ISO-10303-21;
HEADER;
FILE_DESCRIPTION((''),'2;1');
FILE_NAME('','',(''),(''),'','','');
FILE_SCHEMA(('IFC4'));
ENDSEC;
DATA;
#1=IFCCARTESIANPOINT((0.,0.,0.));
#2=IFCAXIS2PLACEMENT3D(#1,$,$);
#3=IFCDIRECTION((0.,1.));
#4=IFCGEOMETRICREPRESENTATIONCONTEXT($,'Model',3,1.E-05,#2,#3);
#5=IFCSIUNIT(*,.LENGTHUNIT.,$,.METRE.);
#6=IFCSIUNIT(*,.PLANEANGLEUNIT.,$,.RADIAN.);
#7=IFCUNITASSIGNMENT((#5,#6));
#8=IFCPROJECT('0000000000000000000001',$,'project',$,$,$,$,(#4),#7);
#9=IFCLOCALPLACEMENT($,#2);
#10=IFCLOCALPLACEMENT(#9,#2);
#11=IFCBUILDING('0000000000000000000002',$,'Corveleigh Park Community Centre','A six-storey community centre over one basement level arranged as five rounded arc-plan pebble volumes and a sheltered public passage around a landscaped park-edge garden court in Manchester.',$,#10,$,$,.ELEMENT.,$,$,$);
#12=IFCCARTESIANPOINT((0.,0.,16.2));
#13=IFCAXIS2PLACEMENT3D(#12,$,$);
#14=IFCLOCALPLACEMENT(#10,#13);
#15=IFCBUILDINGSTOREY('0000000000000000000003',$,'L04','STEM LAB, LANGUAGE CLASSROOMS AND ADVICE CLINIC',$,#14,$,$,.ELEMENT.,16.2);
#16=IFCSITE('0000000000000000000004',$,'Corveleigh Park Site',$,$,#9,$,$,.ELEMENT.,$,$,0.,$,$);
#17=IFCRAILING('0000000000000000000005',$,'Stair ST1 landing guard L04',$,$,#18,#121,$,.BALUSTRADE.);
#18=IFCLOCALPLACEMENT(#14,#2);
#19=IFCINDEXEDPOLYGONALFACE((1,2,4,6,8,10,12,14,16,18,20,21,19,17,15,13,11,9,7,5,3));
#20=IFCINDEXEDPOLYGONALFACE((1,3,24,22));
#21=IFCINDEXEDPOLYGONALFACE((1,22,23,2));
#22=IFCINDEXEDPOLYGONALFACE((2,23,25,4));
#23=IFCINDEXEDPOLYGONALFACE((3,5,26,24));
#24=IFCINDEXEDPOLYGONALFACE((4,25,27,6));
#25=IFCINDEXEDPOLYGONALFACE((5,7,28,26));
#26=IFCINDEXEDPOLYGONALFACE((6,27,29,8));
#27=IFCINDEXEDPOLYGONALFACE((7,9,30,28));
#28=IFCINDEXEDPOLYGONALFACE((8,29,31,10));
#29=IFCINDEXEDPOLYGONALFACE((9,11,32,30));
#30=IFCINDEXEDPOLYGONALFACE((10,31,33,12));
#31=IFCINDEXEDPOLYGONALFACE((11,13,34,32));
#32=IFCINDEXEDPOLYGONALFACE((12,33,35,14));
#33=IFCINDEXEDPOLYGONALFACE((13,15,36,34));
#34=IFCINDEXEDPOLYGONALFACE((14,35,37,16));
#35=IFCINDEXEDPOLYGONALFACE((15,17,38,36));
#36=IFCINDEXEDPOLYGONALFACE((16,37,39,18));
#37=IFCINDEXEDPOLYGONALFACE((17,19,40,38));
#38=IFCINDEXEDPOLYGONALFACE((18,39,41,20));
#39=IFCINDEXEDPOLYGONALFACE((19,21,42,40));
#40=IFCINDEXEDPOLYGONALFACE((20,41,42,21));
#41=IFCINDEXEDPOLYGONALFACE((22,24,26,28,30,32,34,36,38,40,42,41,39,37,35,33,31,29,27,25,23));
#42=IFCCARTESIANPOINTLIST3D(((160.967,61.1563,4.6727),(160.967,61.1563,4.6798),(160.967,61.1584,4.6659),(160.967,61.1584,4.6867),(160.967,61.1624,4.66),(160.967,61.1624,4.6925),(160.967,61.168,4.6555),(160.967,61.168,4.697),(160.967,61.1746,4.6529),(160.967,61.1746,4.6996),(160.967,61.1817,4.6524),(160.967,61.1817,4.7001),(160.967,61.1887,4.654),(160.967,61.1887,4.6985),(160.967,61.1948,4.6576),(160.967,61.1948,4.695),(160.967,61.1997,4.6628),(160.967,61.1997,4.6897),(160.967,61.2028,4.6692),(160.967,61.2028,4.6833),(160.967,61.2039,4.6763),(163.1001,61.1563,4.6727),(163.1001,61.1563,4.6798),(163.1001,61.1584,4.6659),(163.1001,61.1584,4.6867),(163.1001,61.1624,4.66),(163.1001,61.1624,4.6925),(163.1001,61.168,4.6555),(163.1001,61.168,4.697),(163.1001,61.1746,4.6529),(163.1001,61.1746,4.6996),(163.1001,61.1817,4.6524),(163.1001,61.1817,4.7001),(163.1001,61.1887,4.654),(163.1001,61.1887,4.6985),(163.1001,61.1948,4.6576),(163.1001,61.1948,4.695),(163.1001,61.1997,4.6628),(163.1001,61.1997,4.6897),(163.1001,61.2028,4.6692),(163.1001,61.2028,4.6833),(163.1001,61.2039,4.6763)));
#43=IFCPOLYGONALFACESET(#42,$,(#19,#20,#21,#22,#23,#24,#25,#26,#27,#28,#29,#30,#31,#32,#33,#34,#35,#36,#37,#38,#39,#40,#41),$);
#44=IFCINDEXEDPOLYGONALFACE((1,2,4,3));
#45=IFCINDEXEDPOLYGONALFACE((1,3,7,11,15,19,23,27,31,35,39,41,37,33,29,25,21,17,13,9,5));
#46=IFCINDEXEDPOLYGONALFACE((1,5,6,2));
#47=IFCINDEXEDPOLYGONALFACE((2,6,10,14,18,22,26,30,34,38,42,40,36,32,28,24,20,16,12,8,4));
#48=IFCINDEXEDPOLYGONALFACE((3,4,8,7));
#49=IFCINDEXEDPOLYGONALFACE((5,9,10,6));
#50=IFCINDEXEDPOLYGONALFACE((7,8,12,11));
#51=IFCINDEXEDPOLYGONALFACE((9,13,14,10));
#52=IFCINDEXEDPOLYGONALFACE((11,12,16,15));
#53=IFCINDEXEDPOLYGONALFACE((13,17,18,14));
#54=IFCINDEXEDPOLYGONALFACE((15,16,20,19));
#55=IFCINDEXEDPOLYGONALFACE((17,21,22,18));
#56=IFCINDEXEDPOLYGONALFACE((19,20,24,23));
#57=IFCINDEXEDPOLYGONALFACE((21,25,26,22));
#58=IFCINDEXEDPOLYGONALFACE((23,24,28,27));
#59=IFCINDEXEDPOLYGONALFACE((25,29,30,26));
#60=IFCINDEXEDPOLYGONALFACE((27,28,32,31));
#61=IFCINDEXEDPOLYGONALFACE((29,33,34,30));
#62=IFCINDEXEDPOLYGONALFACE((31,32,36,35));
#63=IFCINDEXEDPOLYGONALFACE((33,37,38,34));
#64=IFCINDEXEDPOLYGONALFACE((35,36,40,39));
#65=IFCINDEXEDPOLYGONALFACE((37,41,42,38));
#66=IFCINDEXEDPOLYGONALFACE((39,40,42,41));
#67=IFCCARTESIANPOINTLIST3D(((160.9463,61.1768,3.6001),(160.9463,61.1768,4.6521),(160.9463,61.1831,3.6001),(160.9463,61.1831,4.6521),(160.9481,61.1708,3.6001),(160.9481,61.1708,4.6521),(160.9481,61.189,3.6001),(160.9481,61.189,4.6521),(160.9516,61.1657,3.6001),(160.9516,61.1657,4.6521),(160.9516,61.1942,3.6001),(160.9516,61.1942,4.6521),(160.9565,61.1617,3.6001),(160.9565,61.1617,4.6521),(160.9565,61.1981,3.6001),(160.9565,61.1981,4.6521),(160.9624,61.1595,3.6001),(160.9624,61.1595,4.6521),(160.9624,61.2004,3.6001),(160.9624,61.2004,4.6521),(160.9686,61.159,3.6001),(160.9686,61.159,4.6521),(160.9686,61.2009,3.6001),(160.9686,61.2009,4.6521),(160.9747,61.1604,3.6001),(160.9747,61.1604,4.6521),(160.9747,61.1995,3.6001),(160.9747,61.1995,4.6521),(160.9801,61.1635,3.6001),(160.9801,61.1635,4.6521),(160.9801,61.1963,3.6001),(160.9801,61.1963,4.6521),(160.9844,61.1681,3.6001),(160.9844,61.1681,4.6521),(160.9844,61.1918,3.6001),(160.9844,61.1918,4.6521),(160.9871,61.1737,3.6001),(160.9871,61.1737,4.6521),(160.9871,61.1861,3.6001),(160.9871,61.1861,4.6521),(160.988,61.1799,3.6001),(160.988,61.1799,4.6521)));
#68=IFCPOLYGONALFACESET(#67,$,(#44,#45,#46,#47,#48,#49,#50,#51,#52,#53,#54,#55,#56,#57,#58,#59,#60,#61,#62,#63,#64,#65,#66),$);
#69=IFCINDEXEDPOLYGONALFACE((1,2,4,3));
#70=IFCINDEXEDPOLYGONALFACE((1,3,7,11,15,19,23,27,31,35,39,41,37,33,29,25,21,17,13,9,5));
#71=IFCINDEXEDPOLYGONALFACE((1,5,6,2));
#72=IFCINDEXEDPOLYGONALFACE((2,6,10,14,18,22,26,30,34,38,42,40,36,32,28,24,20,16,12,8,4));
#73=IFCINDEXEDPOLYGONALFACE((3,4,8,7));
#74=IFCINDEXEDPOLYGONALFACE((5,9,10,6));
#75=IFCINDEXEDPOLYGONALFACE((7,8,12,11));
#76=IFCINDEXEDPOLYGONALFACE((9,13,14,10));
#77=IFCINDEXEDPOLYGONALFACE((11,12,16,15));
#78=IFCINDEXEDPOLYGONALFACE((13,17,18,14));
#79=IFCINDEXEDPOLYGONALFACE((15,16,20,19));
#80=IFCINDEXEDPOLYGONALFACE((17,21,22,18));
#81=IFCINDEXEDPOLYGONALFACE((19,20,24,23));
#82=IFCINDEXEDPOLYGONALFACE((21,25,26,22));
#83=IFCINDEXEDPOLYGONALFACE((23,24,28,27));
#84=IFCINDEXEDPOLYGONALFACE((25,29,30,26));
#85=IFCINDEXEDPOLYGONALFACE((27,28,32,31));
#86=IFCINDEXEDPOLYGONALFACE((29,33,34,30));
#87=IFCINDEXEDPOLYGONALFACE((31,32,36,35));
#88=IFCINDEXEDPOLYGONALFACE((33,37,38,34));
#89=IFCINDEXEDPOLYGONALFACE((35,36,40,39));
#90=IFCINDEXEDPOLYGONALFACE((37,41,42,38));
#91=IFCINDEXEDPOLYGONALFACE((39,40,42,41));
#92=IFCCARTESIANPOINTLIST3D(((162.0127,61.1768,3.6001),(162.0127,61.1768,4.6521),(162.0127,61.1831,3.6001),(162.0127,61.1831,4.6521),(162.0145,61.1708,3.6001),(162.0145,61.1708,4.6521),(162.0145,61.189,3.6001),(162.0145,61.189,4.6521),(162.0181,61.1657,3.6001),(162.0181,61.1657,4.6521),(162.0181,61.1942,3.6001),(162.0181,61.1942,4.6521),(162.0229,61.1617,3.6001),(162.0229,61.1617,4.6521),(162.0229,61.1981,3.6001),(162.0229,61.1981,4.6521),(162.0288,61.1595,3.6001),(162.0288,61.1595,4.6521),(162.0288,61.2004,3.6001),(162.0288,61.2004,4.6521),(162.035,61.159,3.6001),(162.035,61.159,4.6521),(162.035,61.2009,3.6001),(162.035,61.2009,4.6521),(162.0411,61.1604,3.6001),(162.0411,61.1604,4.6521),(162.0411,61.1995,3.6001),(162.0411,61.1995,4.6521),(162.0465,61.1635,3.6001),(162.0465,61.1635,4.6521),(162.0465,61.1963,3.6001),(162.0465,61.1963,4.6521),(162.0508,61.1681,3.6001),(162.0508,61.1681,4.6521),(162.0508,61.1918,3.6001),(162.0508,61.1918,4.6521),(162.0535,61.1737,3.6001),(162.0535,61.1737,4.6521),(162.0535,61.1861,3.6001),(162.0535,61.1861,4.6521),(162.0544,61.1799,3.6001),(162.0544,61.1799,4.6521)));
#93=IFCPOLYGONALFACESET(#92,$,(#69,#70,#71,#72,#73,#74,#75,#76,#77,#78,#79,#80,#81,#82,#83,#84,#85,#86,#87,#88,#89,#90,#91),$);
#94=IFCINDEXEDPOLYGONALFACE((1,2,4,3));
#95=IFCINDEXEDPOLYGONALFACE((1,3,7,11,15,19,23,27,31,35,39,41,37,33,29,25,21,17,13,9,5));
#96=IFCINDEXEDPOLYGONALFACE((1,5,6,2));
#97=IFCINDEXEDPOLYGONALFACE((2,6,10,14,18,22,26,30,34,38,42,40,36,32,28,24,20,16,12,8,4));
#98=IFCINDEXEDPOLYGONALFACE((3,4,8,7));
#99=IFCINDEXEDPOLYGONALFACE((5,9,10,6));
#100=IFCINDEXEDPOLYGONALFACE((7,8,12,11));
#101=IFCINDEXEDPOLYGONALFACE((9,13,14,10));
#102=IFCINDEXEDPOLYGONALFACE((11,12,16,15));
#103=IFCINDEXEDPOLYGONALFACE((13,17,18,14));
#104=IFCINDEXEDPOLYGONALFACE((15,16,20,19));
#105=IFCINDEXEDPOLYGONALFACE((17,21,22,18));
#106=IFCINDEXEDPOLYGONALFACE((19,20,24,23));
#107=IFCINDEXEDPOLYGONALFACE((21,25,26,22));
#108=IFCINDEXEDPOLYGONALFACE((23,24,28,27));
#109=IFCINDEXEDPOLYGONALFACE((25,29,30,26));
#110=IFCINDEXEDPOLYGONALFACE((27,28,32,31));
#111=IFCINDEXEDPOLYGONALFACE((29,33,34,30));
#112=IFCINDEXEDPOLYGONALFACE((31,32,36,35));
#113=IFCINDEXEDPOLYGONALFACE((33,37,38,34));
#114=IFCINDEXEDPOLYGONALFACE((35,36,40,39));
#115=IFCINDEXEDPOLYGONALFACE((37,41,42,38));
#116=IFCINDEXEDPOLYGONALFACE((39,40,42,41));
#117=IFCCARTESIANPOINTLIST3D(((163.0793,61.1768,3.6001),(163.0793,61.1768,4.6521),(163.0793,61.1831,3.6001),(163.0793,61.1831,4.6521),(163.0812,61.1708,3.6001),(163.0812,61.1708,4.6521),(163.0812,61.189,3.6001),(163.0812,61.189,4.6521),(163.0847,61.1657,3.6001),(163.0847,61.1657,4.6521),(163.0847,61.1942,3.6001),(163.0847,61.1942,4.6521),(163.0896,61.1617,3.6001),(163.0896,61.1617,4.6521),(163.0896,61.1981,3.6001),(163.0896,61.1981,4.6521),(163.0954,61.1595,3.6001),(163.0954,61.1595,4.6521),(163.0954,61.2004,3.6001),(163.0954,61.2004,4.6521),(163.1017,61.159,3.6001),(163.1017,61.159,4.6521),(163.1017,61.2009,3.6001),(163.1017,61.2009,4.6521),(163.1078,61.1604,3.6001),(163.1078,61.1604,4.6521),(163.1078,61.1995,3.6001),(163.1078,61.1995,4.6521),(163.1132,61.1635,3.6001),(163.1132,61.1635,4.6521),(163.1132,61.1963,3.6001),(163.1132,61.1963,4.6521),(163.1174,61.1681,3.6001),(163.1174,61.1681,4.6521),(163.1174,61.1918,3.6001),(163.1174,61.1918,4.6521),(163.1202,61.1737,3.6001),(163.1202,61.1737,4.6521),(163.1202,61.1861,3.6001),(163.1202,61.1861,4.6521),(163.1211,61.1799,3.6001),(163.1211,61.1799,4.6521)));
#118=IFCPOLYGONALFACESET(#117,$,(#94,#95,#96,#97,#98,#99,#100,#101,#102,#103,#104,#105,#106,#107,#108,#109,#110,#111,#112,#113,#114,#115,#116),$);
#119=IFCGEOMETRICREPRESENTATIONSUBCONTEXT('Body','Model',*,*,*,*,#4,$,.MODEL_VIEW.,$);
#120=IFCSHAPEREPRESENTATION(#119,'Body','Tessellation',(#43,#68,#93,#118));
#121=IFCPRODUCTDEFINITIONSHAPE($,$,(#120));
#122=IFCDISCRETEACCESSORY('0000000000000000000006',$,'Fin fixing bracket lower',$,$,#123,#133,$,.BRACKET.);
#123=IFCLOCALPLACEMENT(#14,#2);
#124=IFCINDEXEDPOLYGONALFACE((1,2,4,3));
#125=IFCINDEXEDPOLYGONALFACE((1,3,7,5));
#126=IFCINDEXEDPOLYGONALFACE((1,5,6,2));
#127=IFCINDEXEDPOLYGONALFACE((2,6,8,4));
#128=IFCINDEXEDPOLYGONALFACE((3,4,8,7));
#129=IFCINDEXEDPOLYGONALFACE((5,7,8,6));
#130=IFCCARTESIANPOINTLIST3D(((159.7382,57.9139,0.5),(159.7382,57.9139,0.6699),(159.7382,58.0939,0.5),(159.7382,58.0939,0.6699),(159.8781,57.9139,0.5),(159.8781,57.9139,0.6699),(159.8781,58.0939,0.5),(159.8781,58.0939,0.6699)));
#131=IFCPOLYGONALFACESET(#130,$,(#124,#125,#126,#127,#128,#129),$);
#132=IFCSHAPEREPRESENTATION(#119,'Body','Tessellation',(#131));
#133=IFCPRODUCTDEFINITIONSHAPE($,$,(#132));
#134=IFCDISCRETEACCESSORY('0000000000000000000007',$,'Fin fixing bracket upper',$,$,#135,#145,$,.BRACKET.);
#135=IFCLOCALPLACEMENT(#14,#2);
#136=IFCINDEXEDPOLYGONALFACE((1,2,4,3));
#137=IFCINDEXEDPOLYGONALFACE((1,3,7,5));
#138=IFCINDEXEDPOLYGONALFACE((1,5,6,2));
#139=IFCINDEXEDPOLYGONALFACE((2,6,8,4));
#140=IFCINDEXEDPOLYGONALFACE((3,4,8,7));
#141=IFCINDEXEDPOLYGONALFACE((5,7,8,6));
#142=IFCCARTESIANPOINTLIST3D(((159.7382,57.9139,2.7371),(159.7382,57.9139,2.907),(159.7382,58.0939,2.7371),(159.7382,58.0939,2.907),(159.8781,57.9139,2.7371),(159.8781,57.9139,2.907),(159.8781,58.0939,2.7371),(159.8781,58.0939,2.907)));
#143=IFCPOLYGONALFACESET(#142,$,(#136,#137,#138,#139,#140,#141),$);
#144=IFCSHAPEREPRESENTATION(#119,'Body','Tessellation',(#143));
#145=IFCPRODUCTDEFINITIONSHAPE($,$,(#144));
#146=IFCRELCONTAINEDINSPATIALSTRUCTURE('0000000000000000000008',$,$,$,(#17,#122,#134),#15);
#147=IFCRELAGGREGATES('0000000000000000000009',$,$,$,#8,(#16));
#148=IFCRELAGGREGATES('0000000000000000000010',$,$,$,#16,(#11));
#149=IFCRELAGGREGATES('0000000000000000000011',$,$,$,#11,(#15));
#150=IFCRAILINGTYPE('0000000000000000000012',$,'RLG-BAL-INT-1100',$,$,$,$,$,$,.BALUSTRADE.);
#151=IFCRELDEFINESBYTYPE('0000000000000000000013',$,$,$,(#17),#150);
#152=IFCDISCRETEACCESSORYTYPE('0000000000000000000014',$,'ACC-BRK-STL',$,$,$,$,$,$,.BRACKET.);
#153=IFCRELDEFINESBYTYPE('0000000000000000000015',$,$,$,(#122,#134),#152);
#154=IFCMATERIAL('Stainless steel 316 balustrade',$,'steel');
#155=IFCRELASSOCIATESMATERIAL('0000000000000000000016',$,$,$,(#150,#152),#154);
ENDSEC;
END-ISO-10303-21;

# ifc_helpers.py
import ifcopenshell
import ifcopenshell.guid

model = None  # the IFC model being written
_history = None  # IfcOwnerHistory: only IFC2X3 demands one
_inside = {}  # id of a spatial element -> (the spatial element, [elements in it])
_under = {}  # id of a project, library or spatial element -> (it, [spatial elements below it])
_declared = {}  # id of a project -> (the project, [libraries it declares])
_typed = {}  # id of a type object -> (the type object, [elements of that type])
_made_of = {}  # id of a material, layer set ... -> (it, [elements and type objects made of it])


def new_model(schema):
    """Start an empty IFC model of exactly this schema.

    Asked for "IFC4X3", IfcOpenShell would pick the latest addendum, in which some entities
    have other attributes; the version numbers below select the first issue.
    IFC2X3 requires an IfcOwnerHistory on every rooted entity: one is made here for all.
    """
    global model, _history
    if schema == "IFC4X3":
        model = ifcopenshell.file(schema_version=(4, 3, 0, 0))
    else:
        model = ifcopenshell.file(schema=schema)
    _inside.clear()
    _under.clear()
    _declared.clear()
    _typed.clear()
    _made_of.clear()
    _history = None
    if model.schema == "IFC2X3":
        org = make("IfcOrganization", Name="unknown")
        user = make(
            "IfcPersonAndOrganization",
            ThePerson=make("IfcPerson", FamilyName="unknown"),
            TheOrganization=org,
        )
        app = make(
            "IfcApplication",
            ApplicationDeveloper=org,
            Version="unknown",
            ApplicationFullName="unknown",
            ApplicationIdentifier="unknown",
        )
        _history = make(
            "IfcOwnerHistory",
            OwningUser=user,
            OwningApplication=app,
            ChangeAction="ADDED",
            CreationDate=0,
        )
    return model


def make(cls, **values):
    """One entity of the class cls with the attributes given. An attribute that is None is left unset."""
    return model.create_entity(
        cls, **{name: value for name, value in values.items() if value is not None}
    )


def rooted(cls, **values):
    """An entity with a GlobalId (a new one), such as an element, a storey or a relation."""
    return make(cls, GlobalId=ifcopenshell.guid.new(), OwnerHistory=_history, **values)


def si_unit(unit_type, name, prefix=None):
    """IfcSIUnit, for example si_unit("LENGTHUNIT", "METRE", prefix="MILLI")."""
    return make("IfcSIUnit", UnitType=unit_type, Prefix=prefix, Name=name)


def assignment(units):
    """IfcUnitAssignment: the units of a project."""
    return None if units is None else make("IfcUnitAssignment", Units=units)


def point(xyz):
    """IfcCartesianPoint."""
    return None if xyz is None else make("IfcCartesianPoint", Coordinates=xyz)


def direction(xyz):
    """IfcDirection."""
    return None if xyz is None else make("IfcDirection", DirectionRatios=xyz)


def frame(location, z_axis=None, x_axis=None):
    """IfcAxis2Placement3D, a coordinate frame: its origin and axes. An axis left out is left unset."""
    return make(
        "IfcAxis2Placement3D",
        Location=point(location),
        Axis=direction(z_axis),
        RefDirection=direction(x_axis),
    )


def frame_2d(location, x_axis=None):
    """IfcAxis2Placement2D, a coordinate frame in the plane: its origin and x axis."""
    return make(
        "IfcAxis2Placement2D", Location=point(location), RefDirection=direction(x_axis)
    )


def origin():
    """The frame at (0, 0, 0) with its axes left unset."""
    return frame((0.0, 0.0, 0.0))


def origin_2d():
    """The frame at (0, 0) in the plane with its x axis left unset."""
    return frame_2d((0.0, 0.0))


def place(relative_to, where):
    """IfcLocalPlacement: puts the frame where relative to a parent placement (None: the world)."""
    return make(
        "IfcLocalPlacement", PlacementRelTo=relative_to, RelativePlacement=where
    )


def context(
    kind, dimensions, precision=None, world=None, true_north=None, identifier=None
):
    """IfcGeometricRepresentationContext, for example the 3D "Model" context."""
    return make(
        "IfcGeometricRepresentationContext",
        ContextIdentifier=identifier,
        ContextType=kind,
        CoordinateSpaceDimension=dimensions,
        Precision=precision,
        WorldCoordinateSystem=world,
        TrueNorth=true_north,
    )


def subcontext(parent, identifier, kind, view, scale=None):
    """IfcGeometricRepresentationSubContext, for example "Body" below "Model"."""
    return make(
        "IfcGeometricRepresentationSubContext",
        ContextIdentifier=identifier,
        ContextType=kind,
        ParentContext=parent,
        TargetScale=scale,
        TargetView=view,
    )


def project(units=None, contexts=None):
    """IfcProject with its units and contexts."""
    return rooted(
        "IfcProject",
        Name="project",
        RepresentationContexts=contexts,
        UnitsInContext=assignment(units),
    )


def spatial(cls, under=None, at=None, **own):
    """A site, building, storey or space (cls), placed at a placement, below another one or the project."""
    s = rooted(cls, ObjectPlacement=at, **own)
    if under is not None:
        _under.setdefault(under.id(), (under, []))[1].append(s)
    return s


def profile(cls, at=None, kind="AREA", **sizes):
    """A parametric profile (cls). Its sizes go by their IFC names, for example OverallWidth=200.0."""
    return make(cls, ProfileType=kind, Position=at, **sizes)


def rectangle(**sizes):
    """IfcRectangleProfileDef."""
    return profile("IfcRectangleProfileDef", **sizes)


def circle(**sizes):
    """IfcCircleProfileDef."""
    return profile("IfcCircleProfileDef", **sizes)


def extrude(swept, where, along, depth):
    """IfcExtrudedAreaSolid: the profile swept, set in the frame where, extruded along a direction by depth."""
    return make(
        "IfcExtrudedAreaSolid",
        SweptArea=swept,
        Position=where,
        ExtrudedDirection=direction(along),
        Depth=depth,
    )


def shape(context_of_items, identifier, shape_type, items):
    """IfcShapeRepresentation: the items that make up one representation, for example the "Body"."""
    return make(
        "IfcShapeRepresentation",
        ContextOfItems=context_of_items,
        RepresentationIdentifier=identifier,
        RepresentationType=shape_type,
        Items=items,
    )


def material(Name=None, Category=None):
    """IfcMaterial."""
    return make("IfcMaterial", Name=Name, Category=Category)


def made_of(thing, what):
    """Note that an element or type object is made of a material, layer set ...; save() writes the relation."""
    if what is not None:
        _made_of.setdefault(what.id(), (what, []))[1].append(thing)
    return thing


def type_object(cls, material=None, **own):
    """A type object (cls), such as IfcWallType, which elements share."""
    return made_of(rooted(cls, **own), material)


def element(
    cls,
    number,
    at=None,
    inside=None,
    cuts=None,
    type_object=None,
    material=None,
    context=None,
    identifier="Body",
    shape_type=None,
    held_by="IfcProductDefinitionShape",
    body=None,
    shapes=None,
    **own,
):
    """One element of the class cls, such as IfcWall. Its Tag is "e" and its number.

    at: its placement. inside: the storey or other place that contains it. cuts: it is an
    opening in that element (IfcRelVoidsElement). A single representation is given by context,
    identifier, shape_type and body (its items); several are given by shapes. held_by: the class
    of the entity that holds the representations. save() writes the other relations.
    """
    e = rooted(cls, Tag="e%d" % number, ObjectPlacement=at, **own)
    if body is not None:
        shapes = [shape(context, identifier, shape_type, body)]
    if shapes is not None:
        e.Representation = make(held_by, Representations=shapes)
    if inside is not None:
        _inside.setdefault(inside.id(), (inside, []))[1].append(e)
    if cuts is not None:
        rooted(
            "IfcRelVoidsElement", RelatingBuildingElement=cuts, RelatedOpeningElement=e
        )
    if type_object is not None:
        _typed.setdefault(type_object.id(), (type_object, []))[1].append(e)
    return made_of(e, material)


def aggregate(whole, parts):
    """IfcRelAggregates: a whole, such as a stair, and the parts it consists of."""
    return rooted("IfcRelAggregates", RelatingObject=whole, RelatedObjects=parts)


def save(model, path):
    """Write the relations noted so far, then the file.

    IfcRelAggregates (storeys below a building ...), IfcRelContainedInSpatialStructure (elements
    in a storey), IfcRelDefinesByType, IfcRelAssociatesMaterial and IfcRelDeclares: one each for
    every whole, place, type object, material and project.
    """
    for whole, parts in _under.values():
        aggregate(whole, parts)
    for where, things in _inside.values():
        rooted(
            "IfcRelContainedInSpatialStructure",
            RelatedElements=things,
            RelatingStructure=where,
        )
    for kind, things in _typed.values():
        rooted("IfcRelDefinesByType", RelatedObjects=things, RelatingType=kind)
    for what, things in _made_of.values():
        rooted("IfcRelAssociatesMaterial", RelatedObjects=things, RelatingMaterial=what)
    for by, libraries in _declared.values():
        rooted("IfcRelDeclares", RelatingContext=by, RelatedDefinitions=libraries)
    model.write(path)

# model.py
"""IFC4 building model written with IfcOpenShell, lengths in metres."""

from ifc_helpers import new_model, si_unit, direction, frame, origin, origin_2d, place, context, subcontext, project, spatial, rectangle, circle, extrude, material, type_object, element, save


model = new_model("IFC4")

# Units and contexts
model_context = context("Model", 3, precision=1e-05, world=origin(), true_north=direction((0.0, 1.0)))
body_context = subcontext(model_context, "Body", "Model", "MODEL_VIEW")
ifc_project = project(units=[si_unit("LENGTHUNIT", "METRE"), si_unit("PLANEANGLEUNIT", "RADIAN")], contexts=[model_context])

# Site, building, storey
site_placement = place(None, origin())
site = spatial("IfcSite", under=ifc_project, at=site_placement, Name="Corveleigh Park Site", CompositionType="ELEMENT", RefElevation=0.0)
building_placement = place(site_placement, origin())
building = spatial("IfcBuilding", under=site, at=building_placement, Name="Corveleigh Park Community Centre", Description="A six-storey community centre over one basement level arranged as five rounded arc-plan pebble volumes and a sheltered public passage around a landscaped park-edge garden court in Manchester.", CompositionType="ELEMENT")
storey_placement = place(building_placement, frame((0.0, 0.0, 16.2)))
storey = spatial("IfcBuildingStorey", under=building, at=storey_placement, Name="L04", Description="STEM LAB, LANGUAGE CLASSROOMS AND ADVICE CLINIC", CompositionType="ELEMENT", Elevation=16.2)

# Railing
ifc_material_1 = material(Name="Stainless steel 316 balustrade", Category="steel")
railing_type = type_object("IfcRailingType", Name="RLG-BAL-INT-1100", PredefinedType="BALUSTRADE", material=ifc_material_1)
railing_1_placement = place(storey_placement, frame((160.967, 61.1799, 3.6001)))
element("IfcRailing", 1, at=railing_1_placement, inside=storey, type_object=railing_type, Name="Stair ST1 landing guard L04", PredefinedType="BALUSTRADE", context=body_context, shape_type="SweptSolid", body=[
    extrude(circle(Radius=0.0239, at=origin_2d()), frame((0.0, 0.0, 1.0762), z_axis=(1.0, 0.0, 0.0), x_axis=(0.0, 1.0, 0.0)), (0.0, 0.0, 1.0), 2.1331),
    extrude(circle(Radius=0.021, at=origin_2d()), origin(), (0.0, 0.0, 1.0), 1.052),
    extrude(circle(Radius=0.021, at=origin_2d()), frame((1.0664, 0.0, 0.0)), (0.0, 0.0, 1.0), 1.052),
    extrude(circle(Radius=0.021, at=origin_2d()), frame((2.1331, 0.0, 0.0)), (0.0, 0.0, 1.0), 1.052),
])

# Discrete accessories
discrete_accessory_type = type_object("IfcDiscreteAccessoryType", Name="ACC-BRK-STL", PredefinedType="BRACKET", material=ifc_material_1)
for number, where, z_axis, x_axis, name in (
    (2, (159.8081, 58.0039, 0.5), (0.0, 0.0, 1.0), (0.0, -1.0, 0.0), "Fin fixing bracket lower"),
    (3, (159.8081, 58.0039, 2.7371), (0.0, 0.0, 1.0), (0.0, -1.0, 0.0), "Fin fixing bracket upper"),
):
    element("IfcDiscreteAccessory", number, at=place(storey_placement, frame(where, z_axis=z_axis, x_axis=x_axis)), inside=storey, type_object=discrete_accessory_type, Name=name, PredefinedType="BRACKET", context=body_context, shape_type="SweptSolid", body=[
        extrude(rectangle(XDim=0.1799, YDim=0.1399, at=origin_2d()), origin(), (0.0, 0.0, 1.0), 0.1699),
    ])

save(model, "model.ifc")
